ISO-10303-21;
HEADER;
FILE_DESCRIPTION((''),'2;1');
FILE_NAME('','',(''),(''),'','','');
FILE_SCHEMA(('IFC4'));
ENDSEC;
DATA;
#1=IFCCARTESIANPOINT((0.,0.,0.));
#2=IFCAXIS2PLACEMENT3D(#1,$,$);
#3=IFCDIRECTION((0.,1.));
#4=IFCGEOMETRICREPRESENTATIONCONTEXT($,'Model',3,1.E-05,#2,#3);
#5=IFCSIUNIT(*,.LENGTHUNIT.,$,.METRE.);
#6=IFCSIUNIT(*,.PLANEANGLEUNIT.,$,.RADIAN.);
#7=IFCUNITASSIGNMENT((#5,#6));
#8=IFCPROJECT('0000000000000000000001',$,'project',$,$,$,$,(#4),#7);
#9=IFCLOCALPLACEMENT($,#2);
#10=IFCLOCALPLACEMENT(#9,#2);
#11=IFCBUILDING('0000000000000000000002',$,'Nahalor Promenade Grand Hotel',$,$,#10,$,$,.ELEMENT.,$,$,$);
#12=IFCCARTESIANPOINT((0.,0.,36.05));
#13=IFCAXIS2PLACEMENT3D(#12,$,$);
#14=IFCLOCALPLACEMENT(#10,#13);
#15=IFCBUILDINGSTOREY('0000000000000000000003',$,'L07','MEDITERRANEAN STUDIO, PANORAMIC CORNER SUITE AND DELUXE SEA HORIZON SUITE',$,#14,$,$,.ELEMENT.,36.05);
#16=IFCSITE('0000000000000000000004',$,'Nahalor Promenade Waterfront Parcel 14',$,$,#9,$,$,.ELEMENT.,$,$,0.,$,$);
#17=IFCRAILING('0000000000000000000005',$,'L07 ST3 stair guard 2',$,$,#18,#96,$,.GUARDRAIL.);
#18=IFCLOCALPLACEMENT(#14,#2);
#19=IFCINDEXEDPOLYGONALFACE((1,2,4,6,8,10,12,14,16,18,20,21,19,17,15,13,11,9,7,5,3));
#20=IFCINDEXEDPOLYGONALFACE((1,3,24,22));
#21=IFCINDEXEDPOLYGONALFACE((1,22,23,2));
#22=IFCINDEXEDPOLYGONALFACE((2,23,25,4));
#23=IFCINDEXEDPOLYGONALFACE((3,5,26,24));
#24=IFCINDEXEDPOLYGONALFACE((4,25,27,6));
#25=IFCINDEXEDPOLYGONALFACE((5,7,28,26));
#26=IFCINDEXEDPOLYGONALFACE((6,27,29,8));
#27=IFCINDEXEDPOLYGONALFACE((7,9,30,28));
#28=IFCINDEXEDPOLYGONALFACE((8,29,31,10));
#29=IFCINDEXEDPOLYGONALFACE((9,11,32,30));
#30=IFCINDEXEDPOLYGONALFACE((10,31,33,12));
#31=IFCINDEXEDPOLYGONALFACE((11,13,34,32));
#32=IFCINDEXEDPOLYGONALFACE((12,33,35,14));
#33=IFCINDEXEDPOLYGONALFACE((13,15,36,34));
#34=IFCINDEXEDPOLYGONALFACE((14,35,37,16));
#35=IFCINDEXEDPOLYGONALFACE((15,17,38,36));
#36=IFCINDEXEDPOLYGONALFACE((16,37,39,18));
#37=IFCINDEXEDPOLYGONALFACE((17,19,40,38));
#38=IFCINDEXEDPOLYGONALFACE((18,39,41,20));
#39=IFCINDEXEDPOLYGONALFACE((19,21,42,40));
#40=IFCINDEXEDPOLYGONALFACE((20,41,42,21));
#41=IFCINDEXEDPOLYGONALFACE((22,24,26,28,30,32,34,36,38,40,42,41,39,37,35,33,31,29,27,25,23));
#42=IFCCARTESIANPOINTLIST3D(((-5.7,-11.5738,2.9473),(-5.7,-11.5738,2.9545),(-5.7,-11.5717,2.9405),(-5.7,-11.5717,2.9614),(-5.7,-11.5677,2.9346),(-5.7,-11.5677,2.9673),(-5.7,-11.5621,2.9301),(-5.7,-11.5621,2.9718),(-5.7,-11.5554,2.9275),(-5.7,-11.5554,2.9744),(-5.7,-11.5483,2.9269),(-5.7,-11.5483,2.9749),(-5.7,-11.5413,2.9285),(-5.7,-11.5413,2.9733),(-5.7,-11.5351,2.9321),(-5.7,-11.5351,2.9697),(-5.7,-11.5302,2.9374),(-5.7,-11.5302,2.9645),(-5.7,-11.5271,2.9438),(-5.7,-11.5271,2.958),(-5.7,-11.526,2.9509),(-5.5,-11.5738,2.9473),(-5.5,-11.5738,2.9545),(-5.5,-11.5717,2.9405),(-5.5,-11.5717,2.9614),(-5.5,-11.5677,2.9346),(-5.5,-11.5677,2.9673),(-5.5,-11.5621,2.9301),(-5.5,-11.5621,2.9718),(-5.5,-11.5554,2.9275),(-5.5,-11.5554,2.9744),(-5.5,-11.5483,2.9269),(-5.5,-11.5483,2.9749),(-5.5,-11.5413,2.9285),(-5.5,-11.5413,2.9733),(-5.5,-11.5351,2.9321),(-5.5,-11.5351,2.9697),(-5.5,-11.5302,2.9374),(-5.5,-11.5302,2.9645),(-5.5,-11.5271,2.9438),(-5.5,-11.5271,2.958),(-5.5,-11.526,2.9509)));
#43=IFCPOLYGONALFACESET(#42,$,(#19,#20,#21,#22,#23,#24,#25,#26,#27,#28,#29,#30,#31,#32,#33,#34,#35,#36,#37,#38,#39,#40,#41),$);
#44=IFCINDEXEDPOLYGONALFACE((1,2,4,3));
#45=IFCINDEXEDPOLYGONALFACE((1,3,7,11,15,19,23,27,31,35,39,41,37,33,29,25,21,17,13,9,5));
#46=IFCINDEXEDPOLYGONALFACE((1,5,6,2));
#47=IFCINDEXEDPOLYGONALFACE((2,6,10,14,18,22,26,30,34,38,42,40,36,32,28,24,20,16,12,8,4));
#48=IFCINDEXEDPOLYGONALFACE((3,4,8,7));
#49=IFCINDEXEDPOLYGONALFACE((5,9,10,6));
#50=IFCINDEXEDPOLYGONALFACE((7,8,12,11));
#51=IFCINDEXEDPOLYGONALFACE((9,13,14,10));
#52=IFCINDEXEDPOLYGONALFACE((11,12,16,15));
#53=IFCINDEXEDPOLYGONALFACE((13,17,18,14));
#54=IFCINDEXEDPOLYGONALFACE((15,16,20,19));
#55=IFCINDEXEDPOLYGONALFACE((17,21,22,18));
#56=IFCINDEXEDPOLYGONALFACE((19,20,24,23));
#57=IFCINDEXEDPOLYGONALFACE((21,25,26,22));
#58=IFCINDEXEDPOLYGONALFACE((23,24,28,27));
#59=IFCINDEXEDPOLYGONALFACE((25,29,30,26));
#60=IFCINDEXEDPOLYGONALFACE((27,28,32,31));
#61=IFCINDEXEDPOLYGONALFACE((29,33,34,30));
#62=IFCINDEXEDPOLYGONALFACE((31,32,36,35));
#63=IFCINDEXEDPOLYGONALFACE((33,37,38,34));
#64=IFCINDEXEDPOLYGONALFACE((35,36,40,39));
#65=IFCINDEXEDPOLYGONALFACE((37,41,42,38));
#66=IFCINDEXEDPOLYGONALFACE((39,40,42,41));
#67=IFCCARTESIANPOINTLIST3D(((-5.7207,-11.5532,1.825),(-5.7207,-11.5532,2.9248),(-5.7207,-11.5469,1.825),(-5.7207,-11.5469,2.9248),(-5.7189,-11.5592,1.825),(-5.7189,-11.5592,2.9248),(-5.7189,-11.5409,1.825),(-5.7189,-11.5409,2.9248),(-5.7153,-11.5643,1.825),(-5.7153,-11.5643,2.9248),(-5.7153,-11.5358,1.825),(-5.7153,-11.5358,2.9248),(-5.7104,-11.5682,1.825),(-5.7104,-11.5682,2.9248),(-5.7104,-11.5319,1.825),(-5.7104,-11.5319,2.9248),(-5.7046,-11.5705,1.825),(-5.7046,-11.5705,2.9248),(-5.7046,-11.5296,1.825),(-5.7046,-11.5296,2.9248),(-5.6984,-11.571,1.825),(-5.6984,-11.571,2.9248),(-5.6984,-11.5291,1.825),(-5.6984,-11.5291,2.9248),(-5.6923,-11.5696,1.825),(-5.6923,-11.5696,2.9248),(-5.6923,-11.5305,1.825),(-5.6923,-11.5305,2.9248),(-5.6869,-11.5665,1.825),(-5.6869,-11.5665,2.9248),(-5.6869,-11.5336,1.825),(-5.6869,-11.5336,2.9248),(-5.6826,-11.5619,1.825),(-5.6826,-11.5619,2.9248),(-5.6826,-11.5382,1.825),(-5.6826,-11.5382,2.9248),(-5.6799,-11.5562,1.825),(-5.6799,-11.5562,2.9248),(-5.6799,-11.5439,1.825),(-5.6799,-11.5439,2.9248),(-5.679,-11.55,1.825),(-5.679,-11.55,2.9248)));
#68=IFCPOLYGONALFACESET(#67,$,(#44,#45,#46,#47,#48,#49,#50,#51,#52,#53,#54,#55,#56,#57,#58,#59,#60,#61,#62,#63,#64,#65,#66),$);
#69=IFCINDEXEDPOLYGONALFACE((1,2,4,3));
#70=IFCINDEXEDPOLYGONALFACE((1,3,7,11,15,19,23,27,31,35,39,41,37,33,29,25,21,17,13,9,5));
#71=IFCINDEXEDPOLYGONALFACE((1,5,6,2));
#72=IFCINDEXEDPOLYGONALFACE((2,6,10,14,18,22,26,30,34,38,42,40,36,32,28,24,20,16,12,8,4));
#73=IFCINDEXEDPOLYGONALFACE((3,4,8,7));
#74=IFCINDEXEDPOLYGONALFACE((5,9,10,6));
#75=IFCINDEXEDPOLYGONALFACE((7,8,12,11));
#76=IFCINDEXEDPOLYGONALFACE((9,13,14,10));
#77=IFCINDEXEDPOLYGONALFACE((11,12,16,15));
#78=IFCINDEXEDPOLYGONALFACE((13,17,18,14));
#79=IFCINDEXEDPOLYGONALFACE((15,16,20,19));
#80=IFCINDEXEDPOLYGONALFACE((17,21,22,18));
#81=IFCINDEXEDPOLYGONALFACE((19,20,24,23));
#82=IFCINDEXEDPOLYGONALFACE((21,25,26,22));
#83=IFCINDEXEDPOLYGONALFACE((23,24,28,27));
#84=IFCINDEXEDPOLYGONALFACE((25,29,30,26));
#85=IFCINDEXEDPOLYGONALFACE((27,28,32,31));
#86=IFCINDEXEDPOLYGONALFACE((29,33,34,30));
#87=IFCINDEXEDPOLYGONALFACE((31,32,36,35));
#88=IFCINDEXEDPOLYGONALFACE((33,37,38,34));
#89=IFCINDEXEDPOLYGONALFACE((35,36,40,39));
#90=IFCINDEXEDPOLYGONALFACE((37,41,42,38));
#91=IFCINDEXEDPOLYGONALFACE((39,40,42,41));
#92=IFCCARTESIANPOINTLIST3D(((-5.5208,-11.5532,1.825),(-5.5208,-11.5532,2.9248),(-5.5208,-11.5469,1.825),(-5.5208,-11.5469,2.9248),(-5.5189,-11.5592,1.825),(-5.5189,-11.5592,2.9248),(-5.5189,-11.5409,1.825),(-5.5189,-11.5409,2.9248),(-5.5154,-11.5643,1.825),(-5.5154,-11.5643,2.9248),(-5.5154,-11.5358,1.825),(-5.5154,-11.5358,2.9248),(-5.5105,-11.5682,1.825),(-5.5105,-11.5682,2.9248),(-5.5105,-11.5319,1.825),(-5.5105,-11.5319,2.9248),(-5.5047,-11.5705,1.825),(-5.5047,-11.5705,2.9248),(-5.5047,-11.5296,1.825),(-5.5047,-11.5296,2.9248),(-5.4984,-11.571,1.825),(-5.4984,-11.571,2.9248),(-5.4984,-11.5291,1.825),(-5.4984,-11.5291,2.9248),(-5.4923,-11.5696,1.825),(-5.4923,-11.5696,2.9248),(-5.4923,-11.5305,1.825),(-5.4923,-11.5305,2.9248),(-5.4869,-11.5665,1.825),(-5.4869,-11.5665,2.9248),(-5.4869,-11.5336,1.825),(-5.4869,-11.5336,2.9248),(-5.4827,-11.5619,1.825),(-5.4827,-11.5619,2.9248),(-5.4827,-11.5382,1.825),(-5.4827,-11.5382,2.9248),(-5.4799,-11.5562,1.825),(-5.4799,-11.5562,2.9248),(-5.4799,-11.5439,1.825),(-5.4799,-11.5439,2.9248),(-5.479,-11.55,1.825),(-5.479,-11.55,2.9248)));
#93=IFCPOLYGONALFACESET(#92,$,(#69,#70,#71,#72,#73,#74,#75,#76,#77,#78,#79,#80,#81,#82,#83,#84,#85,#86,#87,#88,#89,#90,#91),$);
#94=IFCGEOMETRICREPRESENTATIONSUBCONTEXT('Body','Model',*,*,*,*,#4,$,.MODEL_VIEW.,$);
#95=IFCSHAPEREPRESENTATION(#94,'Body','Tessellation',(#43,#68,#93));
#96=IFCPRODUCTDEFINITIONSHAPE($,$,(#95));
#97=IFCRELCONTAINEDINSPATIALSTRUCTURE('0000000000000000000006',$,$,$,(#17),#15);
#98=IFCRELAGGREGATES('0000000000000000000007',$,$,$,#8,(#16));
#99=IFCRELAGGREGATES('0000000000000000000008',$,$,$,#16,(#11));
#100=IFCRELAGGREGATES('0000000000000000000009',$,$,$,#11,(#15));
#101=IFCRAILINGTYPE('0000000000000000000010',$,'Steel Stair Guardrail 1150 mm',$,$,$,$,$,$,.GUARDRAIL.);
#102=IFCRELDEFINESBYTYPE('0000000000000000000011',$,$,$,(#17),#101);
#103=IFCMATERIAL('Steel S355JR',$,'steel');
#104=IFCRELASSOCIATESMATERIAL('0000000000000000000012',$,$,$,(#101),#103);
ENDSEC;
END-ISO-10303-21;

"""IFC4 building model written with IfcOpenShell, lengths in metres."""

from ifc_helpers import new_model, si_unit, direction, frame, origin, origin_2d, place, context, subcontext, project, spatial, circle, extrude, material, type_object, element, save


model = new_model("IFC4")

# Units and contexts
model_context = context("Model", 3, precision=1e-05, world=origin(), true_north=direction((0.0, 1.0)))
body_context = subcontext(model_context, "Body", "Model", "MODEL_VIEW")
ifc_project = project(units=[si_unit("LENGTHUNIT", "METRE"), si_unit("PLANEANGLEUNIT", "RADIAN")], contexts=[model_context])

# Site, building, storey
site_placement = place(None, origin())
site = spatial("IfcSite", under=ifc_project, at=site_placement, Name="Nahalor Promenade Waterfront Parcel 14", CompositionType="ELEMENT", RefElevation=0.0)
building_placement = place(site_placement, origin())
building = spatial("IfcBuilding", under=site, at=building_placement, Name="Nahalor Promenade Grand Hotel", CompositionType="ELEMENT")
storey_placement = place(building_placement, frame((0.0, 0.0, 36.05)))
storey = spatial("IfcBuildingStorey", under=building, at=storey_placement, Name="L07", Description="MEDITERRANEAN STUDIO, PANORAMIC CORNER SUITE AND DELUXE SEA HORIZON SUITE", CompositionType="ELEMENT", Elevation=36.05)

# Shared definitions
ifc_material_1 = material(Name="Steel S355JR", Category="steel")

# Railing
railing_type_1 = type_object("IfcRailingType", Name="Steel Stair Guardrail 1150 mm", PredefinedType="GUARDRAIL", material=ifc_material_1)
railing_1_placement = place(storey_placement, frame((-5.7, -11.55, 1.825)))
element("IfcRailing", 1, at=railing_1_placement, inside=storey, type_object=railing_type_1, Name="L07 ST3 stair guard 2", PredefinedType="GUARDRAIL", context=body_context, shape_type="SweptSolid", body=[
    extrude(circle(Radius=0.024, at=origin_2d()), frame((0.0, 0.0, 1.126), z_axis=(1.0, 0.0, 0.0), x_axis=(0.0, 1.0, 0.0)), (0.0, 0.0, 1.0), 0.2),
    extrude(circle(Radius=0.021, at=origin_2d()), origin(), (0.0, 0.0, 1.0), 1.0999),
    extrude(circle(Radius=0.021, at=origin_2d()), frame((0.2, 0.0, 0.0)), (0.0, 0.0, 1.0), 1.0999),
])

save(model, "model.ifc")
